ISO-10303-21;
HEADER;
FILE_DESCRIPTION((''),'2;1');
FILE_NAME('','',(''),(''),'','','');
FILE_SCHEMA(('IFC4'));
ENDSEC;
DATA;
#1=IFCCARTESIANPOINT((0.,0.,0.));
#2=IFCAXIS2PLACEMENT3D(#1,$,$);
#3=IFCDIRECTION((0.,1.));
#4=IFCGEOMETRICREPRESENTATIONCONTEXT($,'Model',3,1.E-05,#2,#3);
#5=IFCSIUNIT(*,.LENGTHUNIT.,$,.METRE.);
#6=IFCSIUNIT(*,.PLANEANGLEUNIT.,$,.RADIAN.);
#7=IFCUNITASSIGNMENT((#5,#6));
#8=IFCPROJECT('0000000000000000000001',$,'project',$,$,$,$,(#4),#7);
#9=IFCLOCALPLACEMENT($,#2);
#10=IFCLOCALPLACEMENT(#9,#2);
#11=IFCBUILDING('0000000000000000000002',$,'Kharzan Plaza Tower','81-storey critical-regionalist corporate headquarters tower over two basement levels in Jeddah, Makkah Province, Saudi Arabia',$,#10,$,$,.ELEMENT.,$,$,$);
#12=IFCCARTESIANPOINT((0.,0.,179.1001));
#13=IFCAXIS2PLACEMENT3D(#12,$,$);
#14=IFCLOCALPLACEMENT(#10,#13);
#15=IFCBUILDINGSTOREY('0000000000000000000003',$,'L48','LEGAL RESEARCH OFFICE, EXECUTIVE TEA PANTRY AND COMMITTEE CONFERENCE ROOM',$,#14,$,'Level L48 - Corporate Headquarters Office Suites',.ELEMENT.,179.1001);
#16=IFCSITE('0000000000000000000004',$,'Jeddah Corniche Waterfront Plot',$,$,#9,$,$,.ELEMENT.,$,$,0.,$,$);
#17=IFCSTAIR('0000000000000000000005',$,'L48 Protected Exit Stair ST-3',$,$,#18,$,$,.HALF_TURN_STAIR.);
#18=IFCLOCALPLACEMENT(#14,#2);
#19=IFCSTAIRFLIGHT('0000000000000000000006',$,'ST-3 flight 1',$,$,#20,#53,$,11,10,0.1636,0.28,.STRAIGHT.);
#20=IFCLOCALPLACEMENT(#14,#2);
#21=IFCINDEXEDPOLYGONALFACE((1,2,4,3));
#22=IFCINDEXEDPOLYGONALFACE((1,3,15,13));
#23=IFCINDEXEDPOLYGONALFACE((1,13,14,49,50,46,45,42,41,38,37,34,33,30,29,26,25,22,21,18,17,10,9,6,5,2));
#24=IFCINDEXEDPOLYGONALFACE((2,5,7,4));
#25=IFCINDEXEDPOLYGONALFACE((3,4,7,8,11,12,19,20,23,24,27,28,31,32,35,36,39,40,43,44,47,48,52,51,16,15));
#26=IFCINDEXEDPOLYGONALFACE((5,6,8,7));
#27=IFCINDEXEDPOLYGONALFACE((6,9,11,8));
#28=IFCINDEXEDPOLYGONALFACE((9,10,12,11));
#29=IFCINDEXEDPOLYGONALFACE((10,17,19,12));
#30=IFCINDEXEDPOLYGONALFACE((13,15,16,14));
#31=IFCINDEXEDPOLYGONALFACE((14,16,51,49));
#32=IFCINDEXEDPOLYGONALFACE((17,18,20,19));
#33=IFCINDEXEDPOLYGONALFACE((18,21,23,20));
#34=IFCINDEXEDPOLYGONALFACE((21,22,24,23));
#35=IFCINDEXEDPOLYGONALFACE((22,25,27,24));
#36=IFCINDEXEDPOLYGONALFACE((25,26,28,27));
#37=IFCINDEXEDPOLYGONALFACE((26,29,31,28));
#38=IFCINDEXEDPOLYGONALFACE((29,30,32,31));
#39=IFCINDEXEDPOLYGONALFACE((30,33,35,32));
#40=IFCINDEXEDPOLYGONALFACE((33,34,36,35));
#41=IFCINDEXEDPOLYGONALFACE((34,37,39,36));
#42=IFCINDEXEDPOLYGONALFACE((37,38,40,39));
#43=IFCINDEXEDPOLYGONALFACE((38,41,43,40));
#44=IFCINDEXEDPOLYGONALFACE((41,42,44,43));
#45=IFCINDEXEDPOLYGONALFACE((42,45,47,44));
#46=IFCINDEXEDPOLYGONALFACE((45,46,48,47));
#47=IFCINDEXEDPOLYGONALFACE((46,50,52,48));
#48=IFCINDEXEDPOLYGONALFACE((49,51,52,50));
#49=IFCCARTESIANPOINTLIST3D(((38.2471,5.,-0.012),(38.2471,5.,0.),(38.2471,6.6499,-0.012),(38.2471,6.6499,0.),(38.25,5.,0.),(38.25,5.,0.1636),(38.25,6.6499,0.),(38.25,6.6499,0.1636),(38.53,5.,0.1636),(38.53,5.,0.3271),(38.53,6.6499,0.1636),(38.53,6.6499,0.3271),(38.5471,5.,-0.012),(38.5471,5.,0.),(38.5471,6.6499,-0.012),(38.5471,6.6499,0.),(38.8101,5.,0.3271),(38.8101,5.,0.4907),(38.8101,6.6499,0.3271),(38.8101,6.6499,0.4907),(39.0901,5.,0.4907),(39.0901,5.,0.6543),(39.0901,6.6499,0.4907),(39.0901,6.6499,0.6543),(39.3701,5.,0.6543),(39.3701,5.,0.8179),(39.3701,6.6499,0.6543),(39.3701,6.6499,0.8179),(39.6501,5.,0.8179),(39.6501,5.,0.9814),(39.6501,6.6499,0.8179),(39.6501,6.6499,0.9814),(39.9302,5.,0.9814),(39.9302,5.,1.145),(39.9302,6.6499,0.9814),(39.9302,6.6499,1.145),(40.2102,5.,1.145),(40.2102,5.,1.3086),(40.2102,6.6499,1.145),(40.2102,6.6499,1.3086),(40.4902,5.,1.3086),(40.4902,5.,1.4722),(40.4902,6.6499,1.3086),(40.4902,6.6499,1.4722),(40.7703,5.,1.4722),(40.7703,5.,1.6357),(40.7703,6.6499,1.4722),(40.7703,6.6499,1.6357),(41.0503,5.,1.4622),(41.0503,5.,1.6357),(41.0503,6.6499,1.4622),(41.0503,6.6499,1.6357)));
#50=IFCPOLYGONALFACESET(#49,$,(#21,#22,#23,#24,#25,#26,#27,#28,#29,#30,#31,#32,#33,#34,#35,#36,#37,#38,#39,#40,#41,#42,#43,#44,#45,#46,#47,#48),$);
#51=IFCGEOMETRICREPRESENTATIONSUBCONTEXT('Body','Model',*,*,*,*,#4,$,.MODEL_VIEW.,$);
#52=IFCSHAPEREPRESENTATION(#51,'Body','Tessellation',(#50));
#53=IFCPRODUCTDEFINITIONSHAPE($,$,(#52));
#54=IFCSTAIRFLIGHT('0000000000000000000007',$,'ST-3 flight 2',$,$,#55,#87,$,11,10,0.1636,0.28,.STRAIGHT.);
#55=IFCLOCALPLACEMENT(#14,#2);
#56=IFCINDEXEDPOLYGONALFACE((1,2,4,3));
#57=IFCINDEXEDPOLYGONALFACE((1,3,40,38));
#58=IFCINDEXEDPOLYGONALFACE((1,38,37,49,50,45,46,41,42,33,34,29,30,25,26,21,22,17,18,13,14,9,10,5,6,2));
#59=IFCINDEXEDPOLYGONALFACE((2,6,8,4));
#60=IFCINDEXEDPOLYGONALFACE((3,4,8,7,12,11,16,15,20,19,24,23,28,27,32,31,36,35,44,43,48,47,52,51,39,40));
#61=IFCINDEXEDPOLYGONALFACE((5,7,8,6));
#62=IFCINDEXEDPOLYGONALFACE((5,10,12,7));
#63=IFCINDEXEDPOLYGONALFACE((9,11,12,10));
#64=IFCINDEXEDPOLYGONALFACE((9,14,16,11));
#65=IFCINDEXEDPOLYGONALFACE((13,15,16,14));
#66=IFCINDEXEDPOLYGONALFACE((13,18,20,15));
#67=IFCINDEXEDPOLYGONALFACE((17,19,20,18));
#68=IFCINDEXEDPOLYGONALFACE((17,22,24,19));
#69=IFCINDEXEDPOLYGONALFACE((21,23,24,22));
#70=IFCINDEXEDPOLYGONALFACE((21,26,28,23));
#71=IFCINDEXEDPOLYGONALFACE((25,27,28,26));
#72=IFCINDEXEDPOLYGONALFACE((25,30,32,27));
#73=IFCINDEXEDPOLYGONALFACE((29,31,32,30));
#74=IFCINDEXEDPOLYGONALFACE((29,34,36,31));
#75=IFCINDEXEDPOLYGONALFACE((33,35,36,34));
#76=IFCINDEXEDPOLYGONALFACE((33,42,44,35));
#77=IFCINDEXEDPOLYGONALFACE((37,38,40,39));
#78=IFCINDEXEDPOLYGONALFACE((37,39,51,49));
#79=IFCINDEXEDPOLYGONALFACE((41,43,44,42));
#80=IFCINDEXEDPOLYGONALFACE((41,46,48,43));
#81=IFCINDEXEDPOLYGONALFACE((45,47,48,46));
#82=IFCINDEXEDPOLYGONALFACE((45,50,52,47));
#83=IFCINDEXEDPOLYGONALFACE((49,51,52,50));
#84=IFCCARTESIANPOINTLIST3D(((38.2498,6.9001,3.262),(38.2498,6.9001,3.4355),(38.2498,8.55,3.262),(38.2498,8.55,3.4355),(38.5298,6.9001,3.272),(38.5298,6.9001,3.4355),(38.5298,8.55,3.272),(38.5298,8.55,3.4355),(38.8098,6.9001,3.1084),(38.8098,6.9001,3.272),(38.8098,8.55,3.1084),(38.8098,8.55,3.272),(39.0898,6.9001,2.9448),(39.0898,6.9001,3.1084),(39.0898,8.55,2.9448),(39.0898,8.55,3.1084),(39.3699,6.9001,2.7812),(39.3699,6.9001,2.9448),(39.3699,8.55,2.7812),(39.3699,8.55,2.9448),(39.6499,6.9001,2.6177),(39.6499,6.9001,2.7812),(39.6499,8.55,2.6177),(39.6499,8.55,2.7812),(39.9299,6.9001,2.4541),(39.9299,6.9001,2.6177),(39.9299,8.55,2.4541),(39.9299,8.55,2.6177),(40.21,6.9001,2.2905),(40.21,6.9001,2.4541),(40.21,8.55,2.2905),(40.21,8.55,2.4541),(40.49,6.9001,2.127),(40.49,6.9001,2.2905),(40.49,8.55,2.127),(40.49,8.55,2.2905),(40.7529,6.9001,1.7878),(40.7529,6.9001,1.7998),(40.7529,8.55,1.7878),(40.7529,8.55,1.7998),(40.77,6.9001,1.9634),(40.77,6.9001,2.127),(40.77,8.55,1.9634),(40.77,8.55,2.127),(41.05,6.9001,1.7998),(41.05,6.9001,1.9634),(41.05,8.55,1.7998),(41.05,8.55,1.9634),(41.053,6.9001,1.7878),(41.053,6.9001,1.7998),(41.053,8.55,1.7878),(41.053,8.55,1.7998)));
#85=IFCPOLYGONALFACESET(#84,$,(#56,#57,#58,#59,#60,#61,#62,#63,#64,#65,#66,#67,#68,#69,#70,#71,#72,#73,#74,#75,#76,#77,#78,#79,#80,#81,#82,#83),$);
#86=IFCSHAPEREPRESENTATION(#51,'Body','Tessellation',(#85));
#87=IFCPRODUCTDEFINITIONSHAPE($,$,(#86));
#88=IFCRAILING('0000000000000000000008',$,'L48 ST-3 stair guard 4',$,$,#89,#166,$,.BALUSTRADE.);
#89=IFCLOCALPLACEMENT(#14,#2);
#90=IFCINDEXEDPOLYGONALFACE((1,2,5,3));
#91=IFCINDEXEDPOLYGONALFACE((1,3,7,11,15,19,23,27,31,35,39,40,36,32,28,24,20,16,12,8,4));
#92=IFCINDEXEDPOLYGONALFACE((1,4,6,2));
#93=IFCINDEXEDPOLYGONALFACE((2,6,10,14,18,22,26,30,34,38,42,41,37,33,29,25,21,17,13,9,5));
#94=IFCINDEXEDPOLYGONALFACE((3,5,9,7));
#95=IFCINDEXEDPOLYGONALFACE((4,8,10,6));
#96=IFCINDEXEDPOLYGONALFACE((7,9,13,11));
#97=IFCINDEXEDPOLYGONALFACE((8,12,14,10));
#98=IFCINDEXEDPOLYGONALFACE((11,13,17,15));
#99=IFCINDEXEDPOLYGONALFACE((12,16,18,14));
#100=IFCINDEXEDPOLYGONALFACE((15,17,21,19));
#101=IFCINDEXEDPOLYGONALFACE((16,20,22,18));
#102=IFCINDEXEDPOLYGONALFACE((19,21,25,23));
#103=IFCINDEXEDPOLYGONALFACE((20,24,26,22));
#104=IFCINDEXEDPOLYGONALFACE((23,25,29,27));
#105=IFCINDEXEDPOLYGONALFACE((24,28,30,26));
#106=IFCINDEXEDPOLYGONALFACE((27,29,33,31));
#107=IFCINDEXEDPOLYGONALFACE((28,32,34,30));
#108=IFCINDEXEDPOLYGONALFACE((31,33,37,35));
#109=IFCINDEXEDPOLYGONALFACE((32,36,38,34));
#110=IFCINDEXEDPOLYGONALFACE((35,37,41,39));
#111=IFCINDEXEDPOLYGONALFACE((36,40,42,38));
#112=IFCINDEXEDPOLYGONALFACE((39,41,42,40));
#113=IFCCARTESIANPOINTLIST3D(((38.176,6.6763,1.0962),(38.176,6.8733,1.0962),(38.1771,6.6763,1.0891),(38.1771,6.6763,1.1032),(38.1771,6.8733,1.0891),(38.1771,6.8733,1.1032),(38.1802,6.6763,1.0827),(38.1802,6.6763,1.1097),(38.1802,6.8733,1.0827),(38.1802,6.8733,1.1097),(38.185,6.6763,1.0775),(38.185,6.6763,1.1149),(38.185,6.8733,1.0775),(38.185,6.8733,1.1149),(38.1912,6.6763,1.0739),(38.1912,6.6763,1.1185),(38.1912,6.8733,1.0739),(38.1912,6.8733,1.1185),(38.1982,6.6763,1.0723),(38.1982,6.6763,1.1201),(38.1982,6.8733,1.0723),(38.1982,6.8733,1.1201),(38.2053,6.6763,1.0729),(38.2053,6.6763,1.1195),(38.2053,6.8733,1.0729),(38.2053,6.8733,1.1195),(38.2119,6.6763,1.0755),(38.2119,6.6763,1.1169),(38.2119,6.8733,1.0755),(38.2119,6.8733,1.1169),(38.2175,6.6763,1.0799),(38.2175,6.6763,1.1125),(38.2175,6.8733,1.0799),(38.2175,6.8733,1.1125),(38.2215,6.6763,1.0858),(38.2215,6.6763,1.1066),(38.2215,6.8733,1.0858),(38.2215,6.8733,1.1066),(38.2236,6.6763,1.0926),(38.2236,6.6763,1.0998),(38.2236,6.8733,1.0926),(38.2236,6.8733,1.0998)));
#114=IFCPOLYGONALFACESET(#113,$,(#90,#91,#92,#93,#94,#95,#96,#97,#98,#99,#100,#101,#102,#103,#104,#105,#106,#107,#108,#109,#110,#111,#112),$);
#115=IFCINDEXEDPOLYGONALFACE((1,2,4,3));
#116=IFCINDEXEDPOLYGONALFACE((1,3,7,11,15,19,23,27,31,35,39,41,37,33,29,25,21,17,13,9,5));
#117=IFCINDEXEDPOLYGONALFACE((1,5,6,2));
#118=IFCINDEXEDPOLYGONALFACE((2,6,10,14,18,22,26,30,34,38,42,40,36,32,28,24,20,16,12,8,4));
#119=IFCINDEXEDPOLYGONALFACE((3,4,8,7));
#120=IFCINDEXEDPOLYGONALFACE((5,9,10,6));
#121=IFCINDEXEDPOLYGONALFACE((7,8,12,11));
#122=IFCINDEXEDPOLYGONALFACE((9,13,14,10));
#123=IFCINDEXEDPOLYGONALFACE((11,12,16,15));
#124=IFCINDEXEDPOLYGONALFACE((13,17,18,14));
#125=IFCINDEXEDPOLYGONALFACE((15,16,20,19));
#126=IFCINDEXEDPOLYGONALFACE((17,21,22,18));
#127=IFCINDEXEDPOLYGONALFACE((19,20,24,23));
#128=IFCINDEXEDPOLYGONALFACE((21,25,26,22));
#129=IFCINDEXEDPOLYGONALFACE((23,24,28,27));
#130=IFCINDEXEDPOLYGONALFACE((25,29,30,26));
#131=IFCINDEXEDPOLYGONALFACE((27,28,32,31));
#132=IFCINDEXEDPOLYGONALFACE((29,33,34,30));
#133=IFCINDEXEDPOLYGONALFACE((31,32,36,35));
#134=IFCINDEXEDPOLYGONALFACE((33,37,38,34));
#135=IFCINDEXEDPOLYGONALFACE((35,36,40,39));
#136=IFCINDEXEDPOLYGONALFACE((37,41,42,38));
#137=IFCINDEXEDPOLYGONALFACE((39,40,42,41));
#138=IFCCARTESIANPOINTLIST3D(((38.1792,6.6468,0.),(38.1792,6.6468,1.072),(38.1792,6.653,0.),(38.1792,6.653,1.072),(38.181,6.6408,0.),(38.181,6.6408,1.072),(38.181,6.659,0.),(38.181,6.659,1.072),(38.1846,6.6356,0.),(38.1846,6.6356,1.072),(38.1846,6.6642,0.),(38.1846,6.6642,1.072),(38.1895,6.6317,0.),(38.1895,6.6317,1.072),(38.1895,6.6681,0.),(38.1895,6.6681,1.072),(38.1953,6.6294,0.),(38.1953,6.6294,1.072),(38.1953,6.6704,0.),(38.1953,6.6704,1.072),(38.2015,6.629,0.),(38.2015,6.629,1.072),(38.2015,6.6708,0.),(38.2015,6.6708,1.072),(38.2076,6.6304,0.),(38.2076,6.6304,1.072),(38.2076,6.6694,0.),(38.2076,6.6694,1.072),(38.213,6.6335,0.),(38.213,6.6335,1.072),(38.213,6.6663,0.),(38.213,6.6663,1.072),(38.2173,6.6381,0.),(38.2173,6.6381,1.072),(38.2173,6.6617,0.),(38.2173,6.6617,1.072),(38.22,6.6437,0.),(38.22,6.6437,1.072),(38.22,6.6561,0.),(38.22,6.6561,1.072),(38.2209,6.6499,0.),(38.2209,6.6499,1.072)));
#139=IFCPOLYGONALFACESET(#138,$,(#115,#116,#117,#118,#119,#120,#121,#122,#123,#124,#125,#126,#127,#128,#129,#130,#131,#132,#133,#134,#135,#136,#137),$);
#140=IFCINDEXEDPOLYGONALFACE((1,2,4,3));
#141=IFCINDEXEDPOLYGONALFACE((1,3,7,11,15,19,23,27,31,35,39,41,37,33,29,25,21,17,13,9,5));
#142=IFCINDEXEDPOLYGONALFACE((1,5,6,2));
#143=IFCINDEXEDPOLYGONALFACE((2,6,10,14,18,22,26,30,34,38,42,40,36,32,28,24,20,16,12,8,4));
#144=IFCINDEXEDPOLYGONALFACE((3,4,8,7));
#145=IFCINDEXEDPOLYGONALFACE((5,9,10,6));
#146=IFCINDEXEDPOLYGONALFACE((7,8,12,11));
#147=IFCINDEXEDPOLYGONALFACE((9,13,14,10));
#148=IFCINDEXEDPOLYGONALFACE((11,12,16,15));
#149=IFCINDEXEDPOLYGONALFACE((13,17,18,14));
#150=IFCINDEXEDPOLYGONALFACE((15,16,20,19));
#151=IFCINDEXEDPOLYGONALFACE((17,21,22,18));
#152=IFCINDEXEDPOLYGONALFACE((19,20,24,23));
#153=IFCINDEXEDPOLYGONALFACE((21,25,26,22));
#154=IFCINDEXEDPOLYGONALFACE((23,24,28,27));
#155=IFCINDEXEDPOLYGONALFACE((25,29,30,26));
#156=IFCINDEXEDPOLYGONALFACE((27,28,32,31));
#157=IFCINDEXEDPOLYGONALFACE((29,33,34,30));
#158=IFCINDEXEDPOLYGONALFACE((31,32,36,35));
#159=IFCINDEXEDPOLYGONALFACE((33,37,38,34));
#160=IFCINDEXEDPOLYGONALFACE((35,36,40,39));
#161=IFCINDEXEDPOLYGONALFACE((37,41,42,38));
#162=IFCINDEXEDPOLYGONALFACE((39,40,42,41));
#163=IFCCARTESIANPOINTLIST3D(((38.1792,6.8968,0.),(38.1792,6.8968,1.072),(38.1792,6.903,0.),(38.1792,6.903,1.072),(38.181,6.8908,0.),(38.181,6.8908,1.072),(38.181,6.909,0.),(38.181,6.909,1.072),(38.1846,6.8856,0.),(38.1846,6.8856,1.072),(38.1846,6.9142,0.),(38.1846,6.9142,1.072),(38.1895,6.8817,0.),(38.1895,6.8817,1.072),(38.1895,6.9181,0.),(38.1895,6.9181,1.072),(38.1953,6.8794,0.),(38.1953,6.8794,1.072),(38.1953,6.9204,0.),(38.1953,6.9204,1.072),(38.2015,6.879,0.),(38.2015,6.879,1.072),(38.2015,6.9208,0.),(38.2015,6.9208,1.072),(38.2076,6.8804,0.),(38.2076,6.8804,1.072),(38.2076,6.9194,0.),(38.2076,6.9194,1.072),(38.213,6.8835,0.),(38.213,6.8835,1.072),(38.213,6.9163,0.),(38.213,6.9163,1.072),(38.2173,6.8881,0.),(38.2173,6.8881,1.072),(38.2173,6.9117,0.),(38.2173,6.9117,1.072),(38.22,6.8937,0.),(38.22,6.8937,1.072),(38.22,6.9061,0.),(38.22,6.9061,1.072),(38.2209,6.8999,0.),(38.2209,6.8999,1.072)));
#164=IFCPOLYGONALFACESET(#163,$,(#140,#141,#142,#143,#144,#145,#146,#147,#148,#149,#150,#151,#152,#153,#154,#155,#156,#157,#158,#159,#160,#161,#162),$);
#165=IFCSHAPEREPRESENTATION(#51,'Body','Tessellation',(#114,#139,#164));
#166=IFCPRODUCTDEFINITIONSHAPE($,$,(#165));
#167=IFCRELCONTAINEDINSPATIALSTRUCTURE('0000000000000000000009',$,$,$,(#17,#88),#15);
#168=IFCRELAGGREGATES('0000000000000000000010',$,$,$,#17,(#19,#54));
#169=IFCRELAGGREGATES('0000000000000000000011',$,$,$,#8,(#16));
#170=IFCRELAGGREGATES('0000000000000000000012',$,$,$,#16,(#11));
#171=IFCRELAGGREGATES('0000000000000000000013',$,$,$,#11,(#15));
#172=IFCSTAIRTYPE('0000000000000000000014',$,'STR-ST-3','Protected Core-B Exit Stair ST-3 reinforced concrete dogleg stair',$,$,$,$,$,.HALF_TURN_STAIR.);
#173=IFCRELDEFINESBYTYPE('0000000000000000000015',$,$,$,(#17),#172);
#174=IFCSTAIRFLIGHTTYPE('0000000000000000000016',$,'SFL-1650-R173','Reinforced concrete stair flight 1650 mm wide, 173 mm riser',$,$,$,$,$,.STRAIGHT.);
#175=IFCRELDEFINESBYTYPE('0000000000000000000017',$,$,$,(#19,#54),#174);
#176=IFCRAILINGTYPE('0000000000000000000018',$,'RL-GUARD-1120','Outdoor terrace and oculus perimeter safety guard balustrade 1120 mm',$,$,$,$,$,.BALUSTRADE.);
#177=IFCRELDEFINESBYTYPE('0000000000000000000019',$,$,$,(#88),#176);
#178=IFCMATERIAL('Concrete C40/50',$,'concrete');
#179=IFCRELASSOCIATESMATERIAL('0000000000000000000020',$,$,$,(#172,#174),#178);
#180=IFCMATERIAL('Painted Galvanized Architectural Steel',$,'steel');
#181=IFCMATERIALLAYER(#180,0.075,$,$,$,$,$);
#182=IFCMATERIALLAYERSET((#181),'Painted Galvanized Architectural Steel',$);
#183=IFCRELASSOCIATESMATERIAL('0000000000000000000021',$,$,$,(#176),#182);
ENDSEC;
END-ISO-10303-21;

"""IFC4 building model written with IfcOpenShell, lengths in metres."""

from ifc_helpers import new_model, si_unit, direction, frame, origin, origin_2d, place, context, subcontext, project, spatial, polyline, circle, outline, extrude, source, transform, mapped, material, layer, layer_set, type_object, element, aggregate, save


model = new_model("IFC4")

# Units and contexts
model_context = context("Model", 3, precision=1e-05, world=origin(), true_north=direction((0.0, 1.0)))
body_context = subcontext(model_context, "Body", "Model", "MODEL_VIEW")
ifc_project = project(units=[si_unit("LENGTHUNIT", "METRE"), si_unit("PLANEANGLEUNIT", "RADIAN")], contexts=[model_context])

# Site, building, storey
site_placement = place(None, origin())
site = spatial("IfcSite", under=ifc_project, at=site_placement, Name="Jeddah Corniche Waterfront Plot", CompositionType="ELEMENT", RefElevation=0.0)
building_placement = place(site_placement, origin())
building = spatial("IfcBuilding", under=site, at=building_placement, Name="Kharzan Plaza Tower", Description="81-storey critical-regionalist corporate headquarters tower over two basement levels in Jeddah, Makkah Province, Saudi Arabia", CompositionType="ELEMENT")
storey_placement = place(building_placement, frame((0.0, 0.0, 179.1001)))
storey = spatial("IfcBuildingStorey", under=building, at=storey_placement, Name="L48", Description="LEGAL RESEARCH OFFICE, EXECUTIVE TEA PANTRY AND COMMITTEE CONFERENCE ROOM", LongName="Level L48 - Corporate Headquarters Office Suites", CompositionType="ELEMENT", Elevation=179.1001)

# Shared definitions
ifc_material_1 = material(Name="Concrete C40/50", Category="concrete")

# Stair, stair flights
stair_type = type_object("IfcStairType", Name="STR-ST-3", Description="Protected Core-B Exit Stair ST-3 reinforced concrete dogleg stair", PredefinedType="HALF_TURN_STAIR", material=ifc_material_1)
stair_placement = place(storey_placement, origin())
stair = element("IfcStair", 1, at=stair_placement, inside=storey, type_object=stair_type, Name="L48 Protected Exit Stair ST-3", PredefinedType="HALF_TURN_STAIR")
stair_flight_type = type_object("IfcStairFlightType", Name="SFL-1650-R173", Description="Reinforced concrete stair flight 1650 mm wide, 173 mm riser", PredefinedType="STRAIGHT", material=ifc_material_1)
shared_shape_1 = source(origin(), body_context, "Body", "SweptSolid", [
    extrude(outline(polyline([(-0.0029, -0.012), (-0.0029, 0.0), (0.0, 0.0), (0.0, 0.1636), (0.28, 0.1636), (0.28, 0.3271), (0.5601, 0.3271), (0.5601, 0.4907), (0.8401, 0.4907), (0.8401, 0.6543), (1.1201, 0.6543), (1.1201, 0.8179), (1.4001, 0.8179), (1.4001, 0.9814), (1.6802, 0.9814), (1.6802, 1.145), (1.9602, 1.145), (1.9602, 1.3086), (2.2402, 1.3086), (2.2402, 1.4722), (2.5203, 1.4722), (2.5203, 1.6357), (2.8003, 1.6357), (2.8003, 1.7993), (2.8003, 1.4622), (0.2971, 0.0), (0.2971, -0.012), (-0.0029, -0.012)])), frame((0.0, 0.825, 0.0), z_axis=(0.0, -1.0, 0.0), x_axis=(1.0, 0.0, 0.0)), (0.0, 0.0, 1.0), 1.6499),
])
stair_flight_1_placement = place(storey_placement, frame((38.25, 5.825, 0.0), z_axis=(0.0, 0.0, 1.0), x_axis=(1.0, 0.0, 0.0)))
stair_flight_1 = element("IfcStairFlight", 2, at=stair_flight_1_placement, type_object=stair_flight_type, Name="ST-3 flight 1", NumberOfRisers=11, NumberOfTreads=10, PredefinedType="STRAIGHT", RiserHeight=0.1636, TreadLength=0.28, context=body_context, shape_type="MappedRepresentation", body=[
    mapped(shared_shape_1, transform((0.0, 0.0, 0.0), x_axis=(1.0, 0.0, 0.0), y_axis=(0.0, 1.0, 0.0), z_axis=(0.0, 0.0, 1.0))),
])
stair_flight_2_placement = place(storey_placement, frame((41.05, 7.7251, 1.7998), z_axis=(0.0, 0.0, 1.0), x_axis=(-1.0, 0.0, 0.0)))
stair_flight_2 = element("IfcStairFlight", 3, at=stair_flight_2_placement, type_object=stair_flight_type, Name="ST-3 flight 2", NumberOfRisers=11, NumberOfTreads=10, PredefinedType="STRAIGHT", RiserHeight=0.1636, TreadLength=0.28, context=body_context, shape_type="MappedRepresentation", body=[
    mapped(shared_shape_1, transform((0.0, 0.0, 0.0), x_axis=(1.0, 0.0, 0.0), y_axis=(0.0, 1.0, 0.0), z_axis=(0.0, 0.0, 1.0))),
])
aggregate(stair, [stair_flight_1, stair_flight_2])

# Railing
ifc_material_2 = material(Name="Painted Galvanized Architectural Steel", Category="steel")
ifc_layer_1 = layer(ifc_material_2, 0.075)
ifc_layer_set_1 = layer_set([ifc_layer_1], Name="Painted Galvanized Architectural Steel")
railing_type_1 = type_object("IfcRailingType", Name="RL-GUARD-1120", Description="Outdoor terrace and oculus perimeter safety guard balustrade 1120 mm", PredefinedType="BALUSTRADE", material=ifc_layer_set_1)
shared_shape_2 = source(origin(), body_context, "Body", "SweptSolid", [
    extrude(circle(Radius=0.0239, at=origin_2d()), frame((0.0, 0.0264, 1.0962), z_axis=(0.0, 1.0, 0.0), x_axis=(-1.0, 0.0, 0.0)), (0.0, 0.0, 1.0), 0.197),
    extrude(circle(Radius=0.021, at=origin_2d()), origin(), (0.0, 0.0, 1.0), 1.072),
    extrude(circle(Radius=0.021, at=origin_2d()), frame((0.0, 0.25, 0.0)), (0.0, 0.0, 1.0), 1.072),
])
railing_1_placement = place(storey_placement, frame((38.2, 6.6499, 0.0)))
element("IfcRailing", 4, at=railing_1_placement, inside=storey, type_object=railing_type_1, Name="L48 ST-3 stair guard 4", PredefinedType="BALUSTRADE", context=body_context, shape_type="MappedRepresentation", body=[
    mapped(shared_shape_2, transform((0.0, 0.0, 0.0), x_axis=(1.0, 0.0, 0.0), y_axis=(0.0, 1.0, 0.0), z_axis=(0.0, 0.0, 1.0))),
])

save(model, "model.ifc")
